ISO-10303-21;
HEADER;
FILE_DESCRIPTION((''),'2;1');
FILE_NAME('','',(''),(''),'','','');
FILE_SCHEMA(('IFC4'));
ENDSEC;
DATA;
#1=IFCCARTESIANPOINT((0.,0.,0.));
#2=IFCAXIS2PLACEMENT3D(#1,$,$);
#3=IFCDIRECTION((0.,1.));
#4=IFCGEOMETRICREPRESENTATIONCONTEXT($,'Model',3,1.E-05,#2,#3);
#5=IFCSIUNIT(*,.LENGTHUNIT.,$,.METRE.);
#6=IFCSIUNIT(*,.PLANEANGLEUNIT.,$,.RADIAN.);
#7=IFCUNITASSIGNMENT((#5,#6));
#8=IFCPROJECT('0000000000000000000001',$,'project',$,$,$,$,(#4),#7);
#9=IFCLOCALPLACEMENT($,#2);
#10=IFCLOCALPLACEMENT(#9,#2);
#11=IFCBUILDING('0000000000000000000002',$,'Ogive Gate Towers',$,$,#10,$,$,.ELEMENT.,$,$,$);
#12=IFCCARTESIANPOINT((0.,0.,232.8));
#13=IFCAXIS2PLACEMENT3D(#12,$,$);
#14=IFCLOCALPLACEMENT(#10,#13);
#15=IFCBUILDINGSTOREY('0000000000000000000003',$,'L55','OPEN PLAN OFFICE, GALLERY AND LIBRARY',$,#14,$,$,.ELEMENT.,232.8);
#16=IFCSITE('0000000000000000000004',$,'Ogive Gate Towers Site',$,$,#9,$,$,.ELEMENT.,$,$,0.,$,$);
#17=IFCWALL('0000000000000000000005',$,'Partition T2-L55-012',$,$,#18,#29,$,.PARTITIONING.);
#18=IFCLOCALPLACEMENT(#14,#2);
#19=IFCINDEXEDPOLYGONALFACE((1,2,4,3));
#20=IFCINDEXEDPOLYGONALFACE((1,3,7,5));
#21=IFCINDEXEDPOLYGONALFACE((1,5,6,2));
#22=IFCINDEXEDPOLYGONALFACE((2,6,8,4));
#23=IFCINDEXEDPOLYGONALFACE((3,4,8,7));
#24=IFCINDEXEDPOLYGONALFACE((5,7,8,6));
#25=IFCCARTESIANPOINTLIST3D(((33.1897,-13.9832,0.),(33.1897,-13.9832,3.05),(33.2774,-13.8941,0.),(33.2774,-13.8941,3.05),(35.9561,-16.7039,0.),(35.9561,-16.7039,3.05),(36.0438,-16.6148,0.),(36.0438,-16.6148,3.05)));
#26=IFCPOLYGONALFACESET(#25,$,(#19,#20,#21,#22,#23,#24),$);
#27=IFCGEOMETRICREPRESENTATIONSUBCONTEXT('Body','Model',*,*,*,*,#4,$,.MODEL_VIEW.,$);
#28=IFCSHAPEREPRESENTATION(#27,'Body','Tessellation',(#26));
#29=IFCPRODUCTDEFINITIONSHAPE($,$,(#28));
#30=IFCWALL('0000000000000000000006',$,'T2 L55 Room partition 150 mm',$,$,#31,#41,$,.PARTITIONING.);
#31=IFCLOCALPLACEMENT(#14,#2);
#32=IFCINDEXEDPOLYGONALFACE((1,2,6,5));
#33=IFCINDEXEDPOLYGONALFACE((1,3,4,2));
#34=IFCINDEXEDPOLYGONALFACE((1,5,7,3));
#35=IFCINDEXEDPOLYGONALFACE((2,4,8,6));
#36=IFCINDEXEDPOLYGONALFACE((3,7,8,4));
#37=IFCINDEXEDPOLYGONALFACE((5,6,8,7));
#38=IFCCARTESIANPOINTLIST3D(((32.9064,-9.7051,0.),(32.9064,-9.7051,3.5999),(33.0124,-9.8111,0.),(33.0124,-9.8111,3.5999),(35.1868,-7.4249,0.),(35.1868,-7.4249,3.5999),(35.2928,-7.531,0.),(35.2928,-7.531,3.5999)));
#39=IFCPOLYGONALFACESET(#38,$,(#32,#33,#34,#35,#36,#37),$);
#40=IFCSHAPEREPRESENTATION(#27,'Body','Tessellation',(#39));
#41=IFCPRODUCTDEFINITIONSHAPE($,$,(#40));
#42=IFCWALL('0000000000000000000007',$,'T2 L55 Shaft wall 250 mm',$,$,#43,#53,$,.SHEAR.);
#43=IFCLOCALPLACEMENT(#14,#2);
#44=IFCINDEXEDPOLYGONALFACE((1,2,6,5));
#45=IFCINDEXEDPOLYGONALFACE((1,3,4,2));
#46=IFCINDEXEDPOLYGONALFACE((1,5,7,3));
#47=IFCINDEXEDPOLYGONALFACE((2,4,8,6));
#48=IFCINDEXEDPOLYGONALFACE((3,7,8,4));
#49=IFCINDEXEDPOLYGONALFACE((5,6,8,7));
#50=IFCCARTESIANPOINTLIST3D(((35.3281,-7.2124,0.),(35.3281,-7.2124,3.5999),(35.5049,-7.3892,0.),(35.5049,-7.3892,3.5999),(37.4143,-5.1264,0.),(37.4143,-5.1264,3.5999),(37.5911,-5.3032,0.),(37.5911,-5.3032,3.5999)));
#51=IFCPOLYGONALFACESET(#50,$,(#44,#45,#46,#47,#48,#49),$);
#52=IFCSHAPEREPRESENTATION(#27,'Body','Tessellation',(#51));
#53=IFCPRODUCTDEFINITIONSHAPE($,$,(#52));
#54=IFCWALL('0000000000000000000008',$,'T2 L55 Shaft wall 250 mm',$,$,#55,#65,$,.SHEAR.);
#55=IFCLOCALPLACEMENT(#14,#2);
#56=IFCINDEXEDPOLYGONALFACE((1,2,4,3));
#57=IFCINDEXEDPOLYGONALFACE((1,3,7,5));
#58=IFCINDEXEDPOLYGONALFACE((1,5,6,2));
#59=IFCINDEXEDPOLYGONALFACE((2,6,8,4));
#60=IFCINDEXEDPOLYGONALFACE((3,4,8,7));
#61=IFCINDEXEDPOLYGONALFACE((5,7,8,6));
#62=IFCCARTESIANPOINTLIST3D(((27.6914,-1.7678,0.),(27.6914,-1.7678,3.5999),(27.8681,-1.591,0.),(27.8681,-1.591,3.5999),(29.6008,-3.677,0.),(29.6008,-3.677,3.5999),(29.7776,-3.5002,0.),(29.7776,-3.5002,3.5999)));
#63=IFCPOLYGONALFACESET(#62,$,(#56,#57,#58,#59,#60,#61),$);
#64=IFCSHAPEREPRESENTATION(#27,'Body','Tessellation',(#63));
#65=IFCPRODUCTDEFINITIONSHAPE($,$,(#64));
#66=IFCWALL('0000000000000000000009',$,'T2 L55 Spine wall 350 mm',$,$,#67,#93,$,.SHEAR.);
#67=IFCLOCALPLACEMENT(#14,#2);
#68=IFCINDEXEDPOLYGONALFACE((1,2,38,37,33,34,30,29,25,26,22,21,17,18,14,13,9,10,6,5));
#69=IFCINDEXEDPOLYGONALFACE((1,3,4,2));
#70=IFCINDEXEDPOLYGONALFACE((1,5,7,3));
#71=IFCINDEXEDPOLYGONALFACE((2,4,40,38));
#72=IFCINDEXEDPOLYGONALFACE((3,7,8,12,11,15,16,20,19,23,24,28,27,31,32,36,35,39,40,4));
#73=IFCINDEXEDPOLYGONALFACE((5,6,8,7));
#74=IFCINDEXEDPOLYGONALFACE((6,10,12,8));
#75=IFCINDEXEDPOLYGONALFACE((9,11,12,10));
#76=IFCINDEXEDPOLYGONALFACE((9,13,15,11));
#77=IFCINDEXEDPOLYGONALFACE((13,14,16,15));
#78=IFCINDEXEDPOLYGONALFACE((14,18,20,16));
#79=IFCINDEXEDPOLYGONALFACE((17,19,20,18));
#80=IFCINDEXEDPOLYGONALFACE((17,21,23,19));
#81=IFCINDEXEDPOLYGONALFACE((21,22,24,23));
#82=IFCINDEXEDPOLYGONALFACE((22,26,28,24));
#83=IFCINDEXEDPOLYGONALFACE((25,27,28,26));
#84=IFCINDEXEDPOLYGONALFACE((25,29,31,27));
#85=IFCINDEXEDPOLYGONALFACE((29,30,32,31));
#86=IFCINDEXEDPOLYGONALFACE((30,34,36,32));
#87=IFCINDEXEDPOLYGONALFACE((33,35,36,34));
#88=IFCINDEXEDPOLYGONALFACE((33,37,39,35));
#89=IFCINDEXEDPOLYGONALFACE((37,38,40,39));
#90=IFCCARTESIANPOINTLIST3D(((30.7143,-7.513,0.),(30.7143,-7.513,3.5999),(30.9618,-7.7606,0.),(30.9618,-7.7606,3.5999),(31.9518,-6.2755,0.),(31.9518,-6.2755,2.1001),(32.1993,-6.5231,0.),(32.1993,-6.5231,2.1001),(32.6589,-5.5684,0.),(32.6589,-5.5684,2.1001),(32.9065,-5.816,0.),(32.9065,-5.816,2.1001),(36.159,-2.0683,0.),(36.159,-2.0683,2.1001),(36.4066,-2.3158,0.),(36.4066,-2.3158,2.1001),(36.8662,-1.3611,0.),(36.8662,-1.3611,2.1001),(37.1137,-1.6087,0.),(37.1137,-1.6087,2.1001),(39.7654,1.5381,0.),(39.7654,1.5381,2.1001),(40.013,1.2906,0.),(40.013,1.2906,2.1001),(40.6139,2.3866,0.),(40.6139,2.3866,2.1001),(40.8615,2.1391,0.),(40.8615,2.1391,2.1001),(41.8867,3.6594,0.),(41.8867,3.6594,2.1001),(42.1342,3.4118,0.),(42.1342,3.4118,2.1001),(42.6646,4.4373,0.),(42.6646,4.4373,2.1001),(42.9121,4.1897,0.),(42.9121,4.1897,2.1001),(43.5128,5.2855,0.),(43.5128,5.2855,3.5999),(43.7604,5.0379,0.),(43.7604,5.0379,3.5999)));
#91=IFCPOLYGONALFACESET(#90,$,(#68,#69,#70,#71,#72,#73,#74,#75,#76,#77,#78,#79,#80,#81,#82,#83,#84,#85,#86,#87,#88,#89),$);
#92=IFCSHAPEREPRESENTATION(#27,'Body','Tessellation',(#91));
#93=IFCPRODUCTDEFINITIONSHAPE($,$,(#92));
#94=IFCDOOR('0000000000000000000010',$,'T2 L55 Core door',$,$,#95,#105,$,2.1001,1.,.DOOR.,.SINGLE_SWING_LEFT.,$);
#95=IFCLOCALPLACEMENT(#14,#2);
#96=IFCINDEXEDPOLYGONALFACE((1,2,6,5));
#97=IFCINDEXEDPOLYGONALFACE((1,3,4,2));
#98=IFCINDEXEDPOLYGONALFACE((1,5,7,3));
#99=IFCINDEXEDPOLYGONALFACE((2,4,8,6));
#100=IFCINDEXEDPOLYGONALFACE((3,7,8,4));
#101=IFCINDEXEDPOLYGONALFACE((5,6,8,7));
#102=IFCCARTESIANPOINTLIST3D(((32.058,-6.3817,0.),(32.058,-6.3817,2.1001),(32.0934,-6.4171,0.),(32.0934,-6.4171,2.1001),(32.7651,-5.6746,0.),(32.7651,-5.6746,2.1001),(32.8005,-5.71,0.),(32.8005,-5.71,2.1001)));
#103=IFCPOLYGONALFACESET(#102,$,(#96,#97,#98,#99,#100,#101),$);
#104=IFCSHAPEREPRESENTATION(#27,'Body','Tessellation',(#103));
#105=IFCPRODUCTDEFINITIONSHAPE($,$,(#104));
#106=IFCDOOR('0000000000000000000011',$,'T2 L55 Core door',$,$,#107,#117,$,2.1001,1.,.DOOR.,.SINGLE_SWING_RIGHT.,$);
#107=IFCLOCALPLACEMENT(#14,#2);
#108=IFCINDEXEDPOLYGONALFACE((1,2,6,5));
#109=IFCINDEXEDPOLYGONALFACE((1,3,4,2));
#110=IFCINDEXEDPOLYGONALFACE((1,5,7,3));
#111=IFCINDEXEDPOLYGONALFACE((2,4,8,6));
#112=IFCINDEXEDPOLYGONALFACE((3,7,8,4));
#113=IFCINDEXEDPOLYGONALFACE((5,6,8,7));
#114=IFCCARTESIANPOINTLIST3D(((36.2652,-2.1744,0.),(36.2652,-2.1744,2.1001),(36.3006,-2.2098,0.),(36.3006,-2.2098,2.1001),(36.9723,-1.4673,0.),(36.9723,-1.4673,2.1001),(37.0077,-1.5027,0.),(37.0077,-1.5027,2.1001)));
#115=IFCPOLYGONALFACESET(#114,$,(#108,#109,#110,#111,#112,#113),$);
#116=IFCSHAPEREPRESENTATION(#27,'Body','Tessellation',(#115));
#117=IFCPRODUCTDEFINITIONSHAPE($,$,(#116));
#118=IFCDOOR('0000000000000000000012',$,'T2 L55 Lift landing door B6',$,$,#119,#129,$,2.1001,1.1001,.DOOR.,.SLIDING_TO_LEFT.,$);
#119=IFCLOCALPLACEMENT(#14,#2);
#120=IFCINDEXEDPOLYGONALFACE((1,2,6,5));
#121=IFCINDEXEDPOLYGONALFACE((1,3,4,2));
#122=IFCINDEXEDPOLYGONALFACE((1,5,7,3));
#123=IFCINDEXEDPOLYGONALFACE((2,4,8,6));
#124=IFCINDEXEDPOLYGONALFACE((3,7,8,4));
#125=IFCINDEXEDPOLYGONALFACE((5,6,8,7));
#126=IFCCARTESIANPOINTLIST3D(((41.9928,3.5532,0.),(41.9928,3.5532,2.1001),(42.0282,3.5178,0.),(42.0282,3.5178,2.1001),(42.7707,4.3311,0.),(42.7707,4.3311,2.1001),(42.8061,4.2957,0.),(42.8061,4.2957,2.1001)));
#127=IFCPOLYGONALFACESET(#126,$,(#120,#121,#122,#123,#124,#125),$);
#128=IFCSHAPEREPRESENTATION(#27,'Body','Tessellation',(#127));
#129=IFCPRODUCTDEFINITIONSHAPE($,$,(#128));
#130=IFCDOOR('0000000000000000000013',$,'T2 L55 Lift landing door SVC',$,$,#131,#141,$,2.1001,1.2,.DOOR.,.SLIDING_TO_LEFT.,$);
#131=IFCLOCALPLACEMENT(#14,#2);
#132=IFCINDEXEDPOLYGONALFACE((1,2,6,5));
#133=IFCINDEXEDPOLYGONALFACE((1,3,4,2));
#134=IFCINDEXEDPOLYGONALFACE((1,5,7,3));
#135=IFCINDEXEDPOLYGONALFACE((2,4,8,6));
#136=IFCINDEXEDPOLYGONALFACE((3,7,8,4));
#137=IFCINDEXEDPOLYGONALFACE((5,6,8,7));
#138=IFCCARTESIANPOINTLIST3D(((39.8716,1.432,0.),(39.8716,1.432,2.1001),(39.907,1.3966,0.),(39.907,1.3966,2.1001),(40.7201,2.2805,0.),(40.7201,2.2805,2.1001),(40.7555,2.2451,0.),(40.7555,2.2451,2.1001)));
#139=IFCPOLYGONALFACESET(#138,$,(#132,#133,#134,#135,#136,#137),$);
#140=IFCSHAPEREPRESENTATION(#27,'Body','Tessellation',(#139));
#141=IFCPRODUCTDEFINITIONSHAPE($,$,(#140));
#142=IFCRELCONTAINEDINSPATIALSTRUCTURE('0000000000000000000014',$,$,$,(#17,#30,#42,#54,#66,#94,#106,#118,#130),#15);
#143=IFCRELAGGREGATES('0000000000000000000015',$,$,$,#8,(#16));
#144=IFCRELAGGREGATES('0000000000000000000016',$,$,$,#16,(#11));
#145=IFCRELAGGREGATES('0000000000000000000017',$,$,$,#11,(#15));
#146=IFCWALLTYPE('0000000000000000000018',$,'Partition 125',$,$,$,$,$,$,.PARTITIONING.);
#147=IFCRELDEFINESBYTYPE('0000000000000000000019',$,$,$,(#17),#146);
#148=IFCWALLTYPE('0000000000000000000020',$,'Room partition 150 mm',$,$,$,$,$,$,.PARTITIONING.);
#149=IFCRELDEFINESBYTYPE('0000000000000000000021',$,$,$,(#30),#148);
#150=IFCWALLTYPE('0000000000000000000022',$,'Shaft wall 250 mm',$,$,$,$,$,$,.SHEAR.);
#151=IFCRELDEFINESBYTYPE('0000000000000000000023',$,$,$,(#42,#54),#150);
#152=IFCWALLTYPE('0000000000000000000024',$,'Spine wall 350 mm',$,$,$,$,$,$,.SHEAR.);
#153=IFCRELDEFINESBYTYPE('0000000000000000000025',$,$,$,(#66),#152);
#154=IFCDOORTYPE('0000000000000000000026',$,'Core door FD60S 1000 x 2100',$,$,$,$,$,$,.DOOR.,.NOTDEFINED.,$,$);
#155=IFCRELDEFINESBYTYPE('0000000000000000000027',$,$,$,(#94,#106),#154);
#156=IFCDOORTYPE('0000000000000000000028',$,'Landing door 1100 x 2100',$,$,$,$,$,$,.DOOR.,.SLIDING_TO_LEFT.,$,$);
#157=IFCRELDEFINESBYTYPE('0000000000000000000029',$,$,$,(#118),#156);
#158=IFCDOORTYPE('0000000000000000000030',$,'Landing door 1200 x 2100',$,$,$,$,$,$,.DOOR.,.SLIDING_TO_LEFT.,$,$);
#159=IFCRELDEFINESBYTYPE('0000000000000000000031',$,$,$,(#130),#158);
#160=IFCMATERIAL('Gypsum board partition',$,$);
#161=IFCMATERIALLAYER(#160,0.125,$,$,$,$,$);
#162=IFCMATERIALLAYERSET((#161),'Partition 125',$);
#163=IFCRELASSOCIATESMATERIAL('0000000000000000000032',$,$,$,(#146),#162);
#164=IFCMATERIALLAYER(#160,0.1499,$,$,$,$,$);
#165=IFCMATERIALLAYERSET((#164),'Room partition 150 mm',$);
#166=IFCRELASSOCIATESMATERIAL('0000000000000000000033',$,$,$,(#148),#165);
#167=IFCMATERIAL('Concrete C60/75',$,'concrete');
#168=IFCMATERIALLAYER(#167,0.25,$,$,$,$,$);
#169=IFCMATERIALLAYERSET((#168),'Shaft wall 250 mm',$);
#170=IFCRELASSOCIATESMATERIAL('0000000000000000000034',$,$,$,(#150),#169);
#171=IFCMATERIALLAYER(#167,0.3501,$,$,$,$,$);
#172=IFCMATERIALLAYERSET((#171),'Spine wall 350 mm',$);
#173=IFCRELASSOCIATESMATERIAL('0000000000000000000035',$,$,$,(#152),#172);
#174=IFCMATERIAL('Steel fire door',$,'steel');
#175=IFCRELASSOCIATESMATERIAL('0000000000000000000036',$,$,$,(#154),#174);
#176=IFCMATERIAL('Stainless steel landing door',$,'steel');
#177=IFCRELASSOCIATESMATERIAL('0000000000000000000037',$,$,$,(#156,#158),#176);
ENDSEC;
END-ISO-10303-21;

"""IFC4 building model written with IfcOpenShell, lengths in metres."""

from ifc_helpers import new_model, si_unit, direction, frame, frame_2d, origin, place, context, subcontext, project, spatial, rectangle, extrude, material, layer, layer_set, type_object, element, fill, save


model = new_model("IFC4")

# Units and contexts
model_context = context("Model", 3, precision=1e-05, world=origin(), true_north=direction((0.0, 1.0)))
body_context = subcontext(model_context, "Body", "Model", "MODEL_VIEW")
ifc_project = project(units=[si_unit("LENGTHUNIT", "METRE"), si_unit("PLANEANGLEUNIT", "RADIAN")], contexts=[model_context])

# Site, building, storey
site_placement = place(None, origin())
site = spatial("IfcSite", under=ifc_project, at=site_placement, Name="Ogive Gate Towers Site", CompositionType="ELEMENT", RefElevation=0.0)
building_placement = place(site_placement, origin())
building = spatial("IfcBuilding", under=site, at=building_placement, Name="Ogive Gate Towers", CompositionType="ELEMENT")
storey_placement = place(building_placement, frame((0.0, 0.0, 232.8)))
storey = spatial("IfcBuildingStorey", under=building, at=storey_placement, Name="L55", Description="OPEN PLAN OFFICE, GALLERY AND LIBRARY", CompositionType="ELEMENT", Elevation=232.8)

# Walls
ifc_material_1 = material(Name="Gypsum board partition")
ifc_layer_1 = layer(ifc_material_1, 0.125)
ifc_layer_set_1 = layer_set([ifc_layer_1], Name="Partition 125")
wall_type_1 = type_object("IfcWallType", Name="Partition 125", PredefinedType="PARTITIONING", material=ifc_layer_set_1)
wall_1_placement = place(storey_placement, frame((33.2336, -13.9387, 0.0), z_axis=(0.0, 0.0, 1.0), x_axis=(0.712965, -0.701199, 0.0)))
element("IfcWall", 1, at=wall_1_placement, inside=storey, type_object=wall_type_1, Name="Partition T2-L55-012", PredefinedType="PARTITIONING", context=body_context, shape_type="SweptSolid", body=[
    extrude(rectangle(XDim=3.8801, YDim=0.125, at=frame_2d((1.9399, 0.0))), origin(), (0.0, 0.0, 1.0), 3.05),
])
ifc_layer_2 = layer(ifc_material_1, 0.1499)
ifc_layer_set_2 = layer_set([ifc_layer_2], Name="Room partition 150 mm")
wall_type_2 = type_object("IfcWallType", Name="Room partition 150 mm", PredefinedType="PARTITIONING", material=ifc_layer_set_2)
wall_2_placement = place(storey_placement, frame((32.9595, -9.7581, 0.0), z_axis=(0.0, 0.0, 1.0), x_axis=(0.707145, 0.707069, 0.0)))
element("IfcWall", 2, at=wall_2_placement, inside=storey, type_object=wall_type_2, Name="T2 L55 Room partition 150 mm", PredefinedType="PARTITIONING", context=body_context, shape_type="SweptSolid", body=[
    extrude(rectangle(XDim=3.2249, YDim=0.1499, at=frame_2d((1.6123, 0.0))), origin(), (0.0, 0.0, 1.0), 3.5999),
])
ifc_material_2 = material(Name="Concrete C60/75", Category="concrete")
ifc_layer_3 = layer(ifc_material_2, 0.25)
ifc_layer_set_3 = layer_set([ifc_layer_3], Name="Shaft wall 250 mm")
wall_type_3 = type_object("IfcWallType", Name="Shaft wall 250 mm", PredefinedType="SHEAR", material=ifc_layer_set_3)
wall_3_placement = place(storey_placement, frame((35.4165, -7.3008, 0.0), z_axis=(0.0, 0.0, 1.0), x_axis=(0.707148, 0.707065, 0.0)))
element("IfcWall", 3, at=wall_3_placement, inside=storey, type_object=wall_type_3, Name="T2 L55 Shaft wall 250 mm", PredefinedType="SHEAR", context=body_context, shape_type="SweptSolid", body=[
    extrude(rectangle(XDim=2.9502, YDim=0.25, at=frame_2d((1.4751, 0.0))), origin(), (0.0, 0.0, 1.0), 3.5999),
])
wall_4_placement = place(storey_placement, frame((29.6892, -3.5886, 0.0), z_axis=(0.0, 0.0, 1.0), x_axis=(-0.707152, 0.707062, 0.0)))
element("IfcWall", 4, at=wall_4_placement, inside=storey, type_object=wall_type_3, Name="T2 L55 Shaft wall 250 mm", PredefinedType="SHEAR", context=body_context, shape_type="SweptSolid", body=[
    extrude(rectangle(XDim=2.7002, YDim=0.25, at=frame_2d((1.3501, 0.0))), origin(), (0.0, 0.0, 1.0), 3.5999),
])

# Wall, openings, doors
ifc_layer_4 = layer(ifc_material_2, 0.3501)
ifc_layer_set_4 = layer_set([ifc_layer_4], Name="Spine wall 350 mm")
wall_type_4 = type_object("IfcWallType", Name="Spine wall 350 mm", PredefinedType="SHEAR", material=ifc_layer_set_4)
wall_5_placement = place(storey_placement, frame((30.8381, -7.6367, 0.0), z_axis=(0.0, 0.0, 1.0), x_axis=(0.707107, 0.707107, 0.0)))
wall_5 = element("IfcWall", 5, at=wall_5_placement, inside=storey, type_object=wall_type_4, Name="T2 L55 Spine wall 350 mm", PredefinedType="SHEAR", context=body_context, shape_type="SweptSolid", body=[
    extrude(rectangle(XDim=18.0999, YDim=0.3501, at=frame_2d((9.0498, 0.0))), origin(), (0.0, 0.0, 1.0), 3.5999),
])
opening_1_placement = place(wall_5_placement, frame((12.8, 0.0, 0.0)))
opening_1 = element("IfcOpeningElement", 6, at=opening_1_placement, cuts=wall_5, PredefinedType="OPENING", context=body_context, shape_type="SweptSolid", body=[
    extrude(rectangle(XDim=1.2, YDim=2.1001, at=frame_2d((0.6001, 1.05))), frame((0.0, 0.1851, 0.0), z_axis=(0.0, -1.0, 0.0), x_axis=(1.0, 0.0, 0.0)), (0.0, 0.0, 1.0), 0.3701),
])
opening_2_placement = place(wall_5_placement, frame((15.8, 0.0, 0.0)))
opening_2 = element("IfcOpeningElement", 7, at=opening_2_placement, cuts=wall_5, PredefinedType="OPENING", context=body_context, shape_type="SweptSolid", body=[
    extrude(rectangle(XDim=1.1001, YDim=2.1001, at=frame_2d((0.55, 1.05))), frame((0.0, 0.1851, 0.0), z_axis=(0.0, -1.0, 0.0), x_axis=(1.0, 0.0, 0.0)), (0.0, 0.0, 1.0), 0.3701),
])
opening_3_placement = place(wall_5_placement, frame((1.75, 0.0, 0.0)))
opening_3 = element("IfcOpeningElement", 8, at=opening_3_placement, cuts=wall_5, PredefinedType="OPENING", context=body_context, shape_type="SweptSolid", body=[
    extrude(rectangle(XDim=1.0, YDim=2.1001, at=frame_2d((0.5, 1.05))), frame((0.0, 0.1851, 0.0), z_axis=(0.0, -1.0, 0.0), x_axis=(1.0, 0.0, 0.0)), (0.0, 0.0, 1.0), 0.3701),
])
opening_4_placement = place(wall_5_placement, frame((7.7, 0.0, 0.0)))
opening_4 = element("IfcOpeningElement", 9, at=opening_4_placement, cuts=wall_5, PredefinedType="OPENING", context=body_context, shape_type="SweptSolid", body=[
    extrude(rectangle(XDim=1.0, YDim=2.1001, at=frame_2d((0.5, 1.05))), frame((0.0, 0.1851, 0.0), z_axis=(0.0, -1.0, 0.0), x_axis=(1.0, 0.0, 0.0)), (0.0, 0.0, 1.0), 0.3701),
])
ifc_material_3 = material(Name="Steel fire door", Category="steel")
door_type_1 = type_object("IfcDoorType", Name="Core door FD60S 1000 x 2100", OperationType="NOTDEFINED", PredefinedType="DOOR", material=ifc_material_3)
door_1_placement = place(opening_3_placement, origin())
door_1 = element("IfcDoor", 10, at=door_1_placement, inside=storey, type_object=door_type_1, Name="T2 L55 Core door", OperationType="SINGLE_SWING_LEFT", OverallHeight=2.1001, OverallWidth=1.0, PredefinedType="DOOR", context=body_context, shape_type="SweptSolid", body=[
    extrude(rectangle(XDim=1.0, YDim=2.1001, at=frame_2d((0.5, 1.05))), frame((0.0, 0.0249, 0.0), z_axis=(0.0, -1.0, 0.0), x_axis=(1.0, 0.0, 0.0)), (0.0, 0.0, 1.0), 0.05),
])
fill(opening_3, door_1)
door_2_placement = place(opening_4_placement, origin())
door_2 = element("IfcDoor", 11, at=door_2_placement, inside=storey, type_object=door_type_1, Name="T2 L55 Core door", OperationType="SINGLE_SWING_RIGHT", OverallHeight=2.1001, OverallWidth=1.0, PredefinedType="DOOR", context=body_context, shape_type="SweptSolid", body=[
    extrude(rectangle(XDim=1.0, YDim=2.1001, at=frame_2d((0.5, 1.05))), frame((0.0, 0.0249, 0.0), z_axis=(0.0, -1.0, 0.0), x_axis=(1.0, 0.0, 0.0)), (0.0, 0.0, 1.0), 0.05),
])
fill(opening_4, door_2)
ifc_material_4 = material(Name="Stainless steel landing door", Category="steel")
door_type_2 = type_object("IfcDoorType", Name="Landing door 1100 x 2100", OperationType="SLIDING_TO_LEFT", PredefinedType="DOOR", material=ifc_material_4)
door_3_placement = place(opening_2_placement, origin())
door_3 = element("IfcDoor", 12, at=door_3_placement, inside=storey, type_object=door_type_2, Name="T2 L55 Lift landing door B6", OperationType="SLIDING_TO_LEFT", OverallHeight=2.1001, OverallWidth=1.1001, PredefinedType="DOOR", context=body_context, shape_type="SweptSolid", body=[
    extrude(rectangle(XDim=1.1001, YDim=2.1001, at=frame_2d((0.55, 1.05))), frame((0.0, 0.0249, 0.0), z_axis=(0.0, -1.0, 0.0), x_axis=(1.0, 0.0, 0.0)), (0.0, 0.0, 1.0), 0.05),
])
fill(opening_2, door_3)
door_type_3 = type_object("IfcDoorType", Name="Landing door 1200 x 2100", OperationType="SLIDING_TO_LEFT", PredefinedType="DOOR", material=ifc_material_4)
door_4_placement = place(opening_1_placement, origin())
door_4 = element("IfcDoor", 13, at=door_4_placement, inside=storey, type_object=door_type_3, Name="T2 L55 Lift landing door SVC", OperationType="SLIDING_TO_LEFT", OverallHeight=2.1001, OverallWidth=1.2, PredefinedType="DOOR", context=body_context, shape_type="SweptSolid", body=[
    extrude(rectangle(XDim=1.2, YDim=2.1001, at=frame_2d((0.6001, 1.05))), frame((0.0, 0.0249, 0.0), z_axis=(0.0, -1.0, 0.0), x_axis=(1.0, 0.0, 0.0)), (0.0, 0.0, 1.0), 0.05),
])
fill(opening_1, door_4)

save(model, "model.ifc")
